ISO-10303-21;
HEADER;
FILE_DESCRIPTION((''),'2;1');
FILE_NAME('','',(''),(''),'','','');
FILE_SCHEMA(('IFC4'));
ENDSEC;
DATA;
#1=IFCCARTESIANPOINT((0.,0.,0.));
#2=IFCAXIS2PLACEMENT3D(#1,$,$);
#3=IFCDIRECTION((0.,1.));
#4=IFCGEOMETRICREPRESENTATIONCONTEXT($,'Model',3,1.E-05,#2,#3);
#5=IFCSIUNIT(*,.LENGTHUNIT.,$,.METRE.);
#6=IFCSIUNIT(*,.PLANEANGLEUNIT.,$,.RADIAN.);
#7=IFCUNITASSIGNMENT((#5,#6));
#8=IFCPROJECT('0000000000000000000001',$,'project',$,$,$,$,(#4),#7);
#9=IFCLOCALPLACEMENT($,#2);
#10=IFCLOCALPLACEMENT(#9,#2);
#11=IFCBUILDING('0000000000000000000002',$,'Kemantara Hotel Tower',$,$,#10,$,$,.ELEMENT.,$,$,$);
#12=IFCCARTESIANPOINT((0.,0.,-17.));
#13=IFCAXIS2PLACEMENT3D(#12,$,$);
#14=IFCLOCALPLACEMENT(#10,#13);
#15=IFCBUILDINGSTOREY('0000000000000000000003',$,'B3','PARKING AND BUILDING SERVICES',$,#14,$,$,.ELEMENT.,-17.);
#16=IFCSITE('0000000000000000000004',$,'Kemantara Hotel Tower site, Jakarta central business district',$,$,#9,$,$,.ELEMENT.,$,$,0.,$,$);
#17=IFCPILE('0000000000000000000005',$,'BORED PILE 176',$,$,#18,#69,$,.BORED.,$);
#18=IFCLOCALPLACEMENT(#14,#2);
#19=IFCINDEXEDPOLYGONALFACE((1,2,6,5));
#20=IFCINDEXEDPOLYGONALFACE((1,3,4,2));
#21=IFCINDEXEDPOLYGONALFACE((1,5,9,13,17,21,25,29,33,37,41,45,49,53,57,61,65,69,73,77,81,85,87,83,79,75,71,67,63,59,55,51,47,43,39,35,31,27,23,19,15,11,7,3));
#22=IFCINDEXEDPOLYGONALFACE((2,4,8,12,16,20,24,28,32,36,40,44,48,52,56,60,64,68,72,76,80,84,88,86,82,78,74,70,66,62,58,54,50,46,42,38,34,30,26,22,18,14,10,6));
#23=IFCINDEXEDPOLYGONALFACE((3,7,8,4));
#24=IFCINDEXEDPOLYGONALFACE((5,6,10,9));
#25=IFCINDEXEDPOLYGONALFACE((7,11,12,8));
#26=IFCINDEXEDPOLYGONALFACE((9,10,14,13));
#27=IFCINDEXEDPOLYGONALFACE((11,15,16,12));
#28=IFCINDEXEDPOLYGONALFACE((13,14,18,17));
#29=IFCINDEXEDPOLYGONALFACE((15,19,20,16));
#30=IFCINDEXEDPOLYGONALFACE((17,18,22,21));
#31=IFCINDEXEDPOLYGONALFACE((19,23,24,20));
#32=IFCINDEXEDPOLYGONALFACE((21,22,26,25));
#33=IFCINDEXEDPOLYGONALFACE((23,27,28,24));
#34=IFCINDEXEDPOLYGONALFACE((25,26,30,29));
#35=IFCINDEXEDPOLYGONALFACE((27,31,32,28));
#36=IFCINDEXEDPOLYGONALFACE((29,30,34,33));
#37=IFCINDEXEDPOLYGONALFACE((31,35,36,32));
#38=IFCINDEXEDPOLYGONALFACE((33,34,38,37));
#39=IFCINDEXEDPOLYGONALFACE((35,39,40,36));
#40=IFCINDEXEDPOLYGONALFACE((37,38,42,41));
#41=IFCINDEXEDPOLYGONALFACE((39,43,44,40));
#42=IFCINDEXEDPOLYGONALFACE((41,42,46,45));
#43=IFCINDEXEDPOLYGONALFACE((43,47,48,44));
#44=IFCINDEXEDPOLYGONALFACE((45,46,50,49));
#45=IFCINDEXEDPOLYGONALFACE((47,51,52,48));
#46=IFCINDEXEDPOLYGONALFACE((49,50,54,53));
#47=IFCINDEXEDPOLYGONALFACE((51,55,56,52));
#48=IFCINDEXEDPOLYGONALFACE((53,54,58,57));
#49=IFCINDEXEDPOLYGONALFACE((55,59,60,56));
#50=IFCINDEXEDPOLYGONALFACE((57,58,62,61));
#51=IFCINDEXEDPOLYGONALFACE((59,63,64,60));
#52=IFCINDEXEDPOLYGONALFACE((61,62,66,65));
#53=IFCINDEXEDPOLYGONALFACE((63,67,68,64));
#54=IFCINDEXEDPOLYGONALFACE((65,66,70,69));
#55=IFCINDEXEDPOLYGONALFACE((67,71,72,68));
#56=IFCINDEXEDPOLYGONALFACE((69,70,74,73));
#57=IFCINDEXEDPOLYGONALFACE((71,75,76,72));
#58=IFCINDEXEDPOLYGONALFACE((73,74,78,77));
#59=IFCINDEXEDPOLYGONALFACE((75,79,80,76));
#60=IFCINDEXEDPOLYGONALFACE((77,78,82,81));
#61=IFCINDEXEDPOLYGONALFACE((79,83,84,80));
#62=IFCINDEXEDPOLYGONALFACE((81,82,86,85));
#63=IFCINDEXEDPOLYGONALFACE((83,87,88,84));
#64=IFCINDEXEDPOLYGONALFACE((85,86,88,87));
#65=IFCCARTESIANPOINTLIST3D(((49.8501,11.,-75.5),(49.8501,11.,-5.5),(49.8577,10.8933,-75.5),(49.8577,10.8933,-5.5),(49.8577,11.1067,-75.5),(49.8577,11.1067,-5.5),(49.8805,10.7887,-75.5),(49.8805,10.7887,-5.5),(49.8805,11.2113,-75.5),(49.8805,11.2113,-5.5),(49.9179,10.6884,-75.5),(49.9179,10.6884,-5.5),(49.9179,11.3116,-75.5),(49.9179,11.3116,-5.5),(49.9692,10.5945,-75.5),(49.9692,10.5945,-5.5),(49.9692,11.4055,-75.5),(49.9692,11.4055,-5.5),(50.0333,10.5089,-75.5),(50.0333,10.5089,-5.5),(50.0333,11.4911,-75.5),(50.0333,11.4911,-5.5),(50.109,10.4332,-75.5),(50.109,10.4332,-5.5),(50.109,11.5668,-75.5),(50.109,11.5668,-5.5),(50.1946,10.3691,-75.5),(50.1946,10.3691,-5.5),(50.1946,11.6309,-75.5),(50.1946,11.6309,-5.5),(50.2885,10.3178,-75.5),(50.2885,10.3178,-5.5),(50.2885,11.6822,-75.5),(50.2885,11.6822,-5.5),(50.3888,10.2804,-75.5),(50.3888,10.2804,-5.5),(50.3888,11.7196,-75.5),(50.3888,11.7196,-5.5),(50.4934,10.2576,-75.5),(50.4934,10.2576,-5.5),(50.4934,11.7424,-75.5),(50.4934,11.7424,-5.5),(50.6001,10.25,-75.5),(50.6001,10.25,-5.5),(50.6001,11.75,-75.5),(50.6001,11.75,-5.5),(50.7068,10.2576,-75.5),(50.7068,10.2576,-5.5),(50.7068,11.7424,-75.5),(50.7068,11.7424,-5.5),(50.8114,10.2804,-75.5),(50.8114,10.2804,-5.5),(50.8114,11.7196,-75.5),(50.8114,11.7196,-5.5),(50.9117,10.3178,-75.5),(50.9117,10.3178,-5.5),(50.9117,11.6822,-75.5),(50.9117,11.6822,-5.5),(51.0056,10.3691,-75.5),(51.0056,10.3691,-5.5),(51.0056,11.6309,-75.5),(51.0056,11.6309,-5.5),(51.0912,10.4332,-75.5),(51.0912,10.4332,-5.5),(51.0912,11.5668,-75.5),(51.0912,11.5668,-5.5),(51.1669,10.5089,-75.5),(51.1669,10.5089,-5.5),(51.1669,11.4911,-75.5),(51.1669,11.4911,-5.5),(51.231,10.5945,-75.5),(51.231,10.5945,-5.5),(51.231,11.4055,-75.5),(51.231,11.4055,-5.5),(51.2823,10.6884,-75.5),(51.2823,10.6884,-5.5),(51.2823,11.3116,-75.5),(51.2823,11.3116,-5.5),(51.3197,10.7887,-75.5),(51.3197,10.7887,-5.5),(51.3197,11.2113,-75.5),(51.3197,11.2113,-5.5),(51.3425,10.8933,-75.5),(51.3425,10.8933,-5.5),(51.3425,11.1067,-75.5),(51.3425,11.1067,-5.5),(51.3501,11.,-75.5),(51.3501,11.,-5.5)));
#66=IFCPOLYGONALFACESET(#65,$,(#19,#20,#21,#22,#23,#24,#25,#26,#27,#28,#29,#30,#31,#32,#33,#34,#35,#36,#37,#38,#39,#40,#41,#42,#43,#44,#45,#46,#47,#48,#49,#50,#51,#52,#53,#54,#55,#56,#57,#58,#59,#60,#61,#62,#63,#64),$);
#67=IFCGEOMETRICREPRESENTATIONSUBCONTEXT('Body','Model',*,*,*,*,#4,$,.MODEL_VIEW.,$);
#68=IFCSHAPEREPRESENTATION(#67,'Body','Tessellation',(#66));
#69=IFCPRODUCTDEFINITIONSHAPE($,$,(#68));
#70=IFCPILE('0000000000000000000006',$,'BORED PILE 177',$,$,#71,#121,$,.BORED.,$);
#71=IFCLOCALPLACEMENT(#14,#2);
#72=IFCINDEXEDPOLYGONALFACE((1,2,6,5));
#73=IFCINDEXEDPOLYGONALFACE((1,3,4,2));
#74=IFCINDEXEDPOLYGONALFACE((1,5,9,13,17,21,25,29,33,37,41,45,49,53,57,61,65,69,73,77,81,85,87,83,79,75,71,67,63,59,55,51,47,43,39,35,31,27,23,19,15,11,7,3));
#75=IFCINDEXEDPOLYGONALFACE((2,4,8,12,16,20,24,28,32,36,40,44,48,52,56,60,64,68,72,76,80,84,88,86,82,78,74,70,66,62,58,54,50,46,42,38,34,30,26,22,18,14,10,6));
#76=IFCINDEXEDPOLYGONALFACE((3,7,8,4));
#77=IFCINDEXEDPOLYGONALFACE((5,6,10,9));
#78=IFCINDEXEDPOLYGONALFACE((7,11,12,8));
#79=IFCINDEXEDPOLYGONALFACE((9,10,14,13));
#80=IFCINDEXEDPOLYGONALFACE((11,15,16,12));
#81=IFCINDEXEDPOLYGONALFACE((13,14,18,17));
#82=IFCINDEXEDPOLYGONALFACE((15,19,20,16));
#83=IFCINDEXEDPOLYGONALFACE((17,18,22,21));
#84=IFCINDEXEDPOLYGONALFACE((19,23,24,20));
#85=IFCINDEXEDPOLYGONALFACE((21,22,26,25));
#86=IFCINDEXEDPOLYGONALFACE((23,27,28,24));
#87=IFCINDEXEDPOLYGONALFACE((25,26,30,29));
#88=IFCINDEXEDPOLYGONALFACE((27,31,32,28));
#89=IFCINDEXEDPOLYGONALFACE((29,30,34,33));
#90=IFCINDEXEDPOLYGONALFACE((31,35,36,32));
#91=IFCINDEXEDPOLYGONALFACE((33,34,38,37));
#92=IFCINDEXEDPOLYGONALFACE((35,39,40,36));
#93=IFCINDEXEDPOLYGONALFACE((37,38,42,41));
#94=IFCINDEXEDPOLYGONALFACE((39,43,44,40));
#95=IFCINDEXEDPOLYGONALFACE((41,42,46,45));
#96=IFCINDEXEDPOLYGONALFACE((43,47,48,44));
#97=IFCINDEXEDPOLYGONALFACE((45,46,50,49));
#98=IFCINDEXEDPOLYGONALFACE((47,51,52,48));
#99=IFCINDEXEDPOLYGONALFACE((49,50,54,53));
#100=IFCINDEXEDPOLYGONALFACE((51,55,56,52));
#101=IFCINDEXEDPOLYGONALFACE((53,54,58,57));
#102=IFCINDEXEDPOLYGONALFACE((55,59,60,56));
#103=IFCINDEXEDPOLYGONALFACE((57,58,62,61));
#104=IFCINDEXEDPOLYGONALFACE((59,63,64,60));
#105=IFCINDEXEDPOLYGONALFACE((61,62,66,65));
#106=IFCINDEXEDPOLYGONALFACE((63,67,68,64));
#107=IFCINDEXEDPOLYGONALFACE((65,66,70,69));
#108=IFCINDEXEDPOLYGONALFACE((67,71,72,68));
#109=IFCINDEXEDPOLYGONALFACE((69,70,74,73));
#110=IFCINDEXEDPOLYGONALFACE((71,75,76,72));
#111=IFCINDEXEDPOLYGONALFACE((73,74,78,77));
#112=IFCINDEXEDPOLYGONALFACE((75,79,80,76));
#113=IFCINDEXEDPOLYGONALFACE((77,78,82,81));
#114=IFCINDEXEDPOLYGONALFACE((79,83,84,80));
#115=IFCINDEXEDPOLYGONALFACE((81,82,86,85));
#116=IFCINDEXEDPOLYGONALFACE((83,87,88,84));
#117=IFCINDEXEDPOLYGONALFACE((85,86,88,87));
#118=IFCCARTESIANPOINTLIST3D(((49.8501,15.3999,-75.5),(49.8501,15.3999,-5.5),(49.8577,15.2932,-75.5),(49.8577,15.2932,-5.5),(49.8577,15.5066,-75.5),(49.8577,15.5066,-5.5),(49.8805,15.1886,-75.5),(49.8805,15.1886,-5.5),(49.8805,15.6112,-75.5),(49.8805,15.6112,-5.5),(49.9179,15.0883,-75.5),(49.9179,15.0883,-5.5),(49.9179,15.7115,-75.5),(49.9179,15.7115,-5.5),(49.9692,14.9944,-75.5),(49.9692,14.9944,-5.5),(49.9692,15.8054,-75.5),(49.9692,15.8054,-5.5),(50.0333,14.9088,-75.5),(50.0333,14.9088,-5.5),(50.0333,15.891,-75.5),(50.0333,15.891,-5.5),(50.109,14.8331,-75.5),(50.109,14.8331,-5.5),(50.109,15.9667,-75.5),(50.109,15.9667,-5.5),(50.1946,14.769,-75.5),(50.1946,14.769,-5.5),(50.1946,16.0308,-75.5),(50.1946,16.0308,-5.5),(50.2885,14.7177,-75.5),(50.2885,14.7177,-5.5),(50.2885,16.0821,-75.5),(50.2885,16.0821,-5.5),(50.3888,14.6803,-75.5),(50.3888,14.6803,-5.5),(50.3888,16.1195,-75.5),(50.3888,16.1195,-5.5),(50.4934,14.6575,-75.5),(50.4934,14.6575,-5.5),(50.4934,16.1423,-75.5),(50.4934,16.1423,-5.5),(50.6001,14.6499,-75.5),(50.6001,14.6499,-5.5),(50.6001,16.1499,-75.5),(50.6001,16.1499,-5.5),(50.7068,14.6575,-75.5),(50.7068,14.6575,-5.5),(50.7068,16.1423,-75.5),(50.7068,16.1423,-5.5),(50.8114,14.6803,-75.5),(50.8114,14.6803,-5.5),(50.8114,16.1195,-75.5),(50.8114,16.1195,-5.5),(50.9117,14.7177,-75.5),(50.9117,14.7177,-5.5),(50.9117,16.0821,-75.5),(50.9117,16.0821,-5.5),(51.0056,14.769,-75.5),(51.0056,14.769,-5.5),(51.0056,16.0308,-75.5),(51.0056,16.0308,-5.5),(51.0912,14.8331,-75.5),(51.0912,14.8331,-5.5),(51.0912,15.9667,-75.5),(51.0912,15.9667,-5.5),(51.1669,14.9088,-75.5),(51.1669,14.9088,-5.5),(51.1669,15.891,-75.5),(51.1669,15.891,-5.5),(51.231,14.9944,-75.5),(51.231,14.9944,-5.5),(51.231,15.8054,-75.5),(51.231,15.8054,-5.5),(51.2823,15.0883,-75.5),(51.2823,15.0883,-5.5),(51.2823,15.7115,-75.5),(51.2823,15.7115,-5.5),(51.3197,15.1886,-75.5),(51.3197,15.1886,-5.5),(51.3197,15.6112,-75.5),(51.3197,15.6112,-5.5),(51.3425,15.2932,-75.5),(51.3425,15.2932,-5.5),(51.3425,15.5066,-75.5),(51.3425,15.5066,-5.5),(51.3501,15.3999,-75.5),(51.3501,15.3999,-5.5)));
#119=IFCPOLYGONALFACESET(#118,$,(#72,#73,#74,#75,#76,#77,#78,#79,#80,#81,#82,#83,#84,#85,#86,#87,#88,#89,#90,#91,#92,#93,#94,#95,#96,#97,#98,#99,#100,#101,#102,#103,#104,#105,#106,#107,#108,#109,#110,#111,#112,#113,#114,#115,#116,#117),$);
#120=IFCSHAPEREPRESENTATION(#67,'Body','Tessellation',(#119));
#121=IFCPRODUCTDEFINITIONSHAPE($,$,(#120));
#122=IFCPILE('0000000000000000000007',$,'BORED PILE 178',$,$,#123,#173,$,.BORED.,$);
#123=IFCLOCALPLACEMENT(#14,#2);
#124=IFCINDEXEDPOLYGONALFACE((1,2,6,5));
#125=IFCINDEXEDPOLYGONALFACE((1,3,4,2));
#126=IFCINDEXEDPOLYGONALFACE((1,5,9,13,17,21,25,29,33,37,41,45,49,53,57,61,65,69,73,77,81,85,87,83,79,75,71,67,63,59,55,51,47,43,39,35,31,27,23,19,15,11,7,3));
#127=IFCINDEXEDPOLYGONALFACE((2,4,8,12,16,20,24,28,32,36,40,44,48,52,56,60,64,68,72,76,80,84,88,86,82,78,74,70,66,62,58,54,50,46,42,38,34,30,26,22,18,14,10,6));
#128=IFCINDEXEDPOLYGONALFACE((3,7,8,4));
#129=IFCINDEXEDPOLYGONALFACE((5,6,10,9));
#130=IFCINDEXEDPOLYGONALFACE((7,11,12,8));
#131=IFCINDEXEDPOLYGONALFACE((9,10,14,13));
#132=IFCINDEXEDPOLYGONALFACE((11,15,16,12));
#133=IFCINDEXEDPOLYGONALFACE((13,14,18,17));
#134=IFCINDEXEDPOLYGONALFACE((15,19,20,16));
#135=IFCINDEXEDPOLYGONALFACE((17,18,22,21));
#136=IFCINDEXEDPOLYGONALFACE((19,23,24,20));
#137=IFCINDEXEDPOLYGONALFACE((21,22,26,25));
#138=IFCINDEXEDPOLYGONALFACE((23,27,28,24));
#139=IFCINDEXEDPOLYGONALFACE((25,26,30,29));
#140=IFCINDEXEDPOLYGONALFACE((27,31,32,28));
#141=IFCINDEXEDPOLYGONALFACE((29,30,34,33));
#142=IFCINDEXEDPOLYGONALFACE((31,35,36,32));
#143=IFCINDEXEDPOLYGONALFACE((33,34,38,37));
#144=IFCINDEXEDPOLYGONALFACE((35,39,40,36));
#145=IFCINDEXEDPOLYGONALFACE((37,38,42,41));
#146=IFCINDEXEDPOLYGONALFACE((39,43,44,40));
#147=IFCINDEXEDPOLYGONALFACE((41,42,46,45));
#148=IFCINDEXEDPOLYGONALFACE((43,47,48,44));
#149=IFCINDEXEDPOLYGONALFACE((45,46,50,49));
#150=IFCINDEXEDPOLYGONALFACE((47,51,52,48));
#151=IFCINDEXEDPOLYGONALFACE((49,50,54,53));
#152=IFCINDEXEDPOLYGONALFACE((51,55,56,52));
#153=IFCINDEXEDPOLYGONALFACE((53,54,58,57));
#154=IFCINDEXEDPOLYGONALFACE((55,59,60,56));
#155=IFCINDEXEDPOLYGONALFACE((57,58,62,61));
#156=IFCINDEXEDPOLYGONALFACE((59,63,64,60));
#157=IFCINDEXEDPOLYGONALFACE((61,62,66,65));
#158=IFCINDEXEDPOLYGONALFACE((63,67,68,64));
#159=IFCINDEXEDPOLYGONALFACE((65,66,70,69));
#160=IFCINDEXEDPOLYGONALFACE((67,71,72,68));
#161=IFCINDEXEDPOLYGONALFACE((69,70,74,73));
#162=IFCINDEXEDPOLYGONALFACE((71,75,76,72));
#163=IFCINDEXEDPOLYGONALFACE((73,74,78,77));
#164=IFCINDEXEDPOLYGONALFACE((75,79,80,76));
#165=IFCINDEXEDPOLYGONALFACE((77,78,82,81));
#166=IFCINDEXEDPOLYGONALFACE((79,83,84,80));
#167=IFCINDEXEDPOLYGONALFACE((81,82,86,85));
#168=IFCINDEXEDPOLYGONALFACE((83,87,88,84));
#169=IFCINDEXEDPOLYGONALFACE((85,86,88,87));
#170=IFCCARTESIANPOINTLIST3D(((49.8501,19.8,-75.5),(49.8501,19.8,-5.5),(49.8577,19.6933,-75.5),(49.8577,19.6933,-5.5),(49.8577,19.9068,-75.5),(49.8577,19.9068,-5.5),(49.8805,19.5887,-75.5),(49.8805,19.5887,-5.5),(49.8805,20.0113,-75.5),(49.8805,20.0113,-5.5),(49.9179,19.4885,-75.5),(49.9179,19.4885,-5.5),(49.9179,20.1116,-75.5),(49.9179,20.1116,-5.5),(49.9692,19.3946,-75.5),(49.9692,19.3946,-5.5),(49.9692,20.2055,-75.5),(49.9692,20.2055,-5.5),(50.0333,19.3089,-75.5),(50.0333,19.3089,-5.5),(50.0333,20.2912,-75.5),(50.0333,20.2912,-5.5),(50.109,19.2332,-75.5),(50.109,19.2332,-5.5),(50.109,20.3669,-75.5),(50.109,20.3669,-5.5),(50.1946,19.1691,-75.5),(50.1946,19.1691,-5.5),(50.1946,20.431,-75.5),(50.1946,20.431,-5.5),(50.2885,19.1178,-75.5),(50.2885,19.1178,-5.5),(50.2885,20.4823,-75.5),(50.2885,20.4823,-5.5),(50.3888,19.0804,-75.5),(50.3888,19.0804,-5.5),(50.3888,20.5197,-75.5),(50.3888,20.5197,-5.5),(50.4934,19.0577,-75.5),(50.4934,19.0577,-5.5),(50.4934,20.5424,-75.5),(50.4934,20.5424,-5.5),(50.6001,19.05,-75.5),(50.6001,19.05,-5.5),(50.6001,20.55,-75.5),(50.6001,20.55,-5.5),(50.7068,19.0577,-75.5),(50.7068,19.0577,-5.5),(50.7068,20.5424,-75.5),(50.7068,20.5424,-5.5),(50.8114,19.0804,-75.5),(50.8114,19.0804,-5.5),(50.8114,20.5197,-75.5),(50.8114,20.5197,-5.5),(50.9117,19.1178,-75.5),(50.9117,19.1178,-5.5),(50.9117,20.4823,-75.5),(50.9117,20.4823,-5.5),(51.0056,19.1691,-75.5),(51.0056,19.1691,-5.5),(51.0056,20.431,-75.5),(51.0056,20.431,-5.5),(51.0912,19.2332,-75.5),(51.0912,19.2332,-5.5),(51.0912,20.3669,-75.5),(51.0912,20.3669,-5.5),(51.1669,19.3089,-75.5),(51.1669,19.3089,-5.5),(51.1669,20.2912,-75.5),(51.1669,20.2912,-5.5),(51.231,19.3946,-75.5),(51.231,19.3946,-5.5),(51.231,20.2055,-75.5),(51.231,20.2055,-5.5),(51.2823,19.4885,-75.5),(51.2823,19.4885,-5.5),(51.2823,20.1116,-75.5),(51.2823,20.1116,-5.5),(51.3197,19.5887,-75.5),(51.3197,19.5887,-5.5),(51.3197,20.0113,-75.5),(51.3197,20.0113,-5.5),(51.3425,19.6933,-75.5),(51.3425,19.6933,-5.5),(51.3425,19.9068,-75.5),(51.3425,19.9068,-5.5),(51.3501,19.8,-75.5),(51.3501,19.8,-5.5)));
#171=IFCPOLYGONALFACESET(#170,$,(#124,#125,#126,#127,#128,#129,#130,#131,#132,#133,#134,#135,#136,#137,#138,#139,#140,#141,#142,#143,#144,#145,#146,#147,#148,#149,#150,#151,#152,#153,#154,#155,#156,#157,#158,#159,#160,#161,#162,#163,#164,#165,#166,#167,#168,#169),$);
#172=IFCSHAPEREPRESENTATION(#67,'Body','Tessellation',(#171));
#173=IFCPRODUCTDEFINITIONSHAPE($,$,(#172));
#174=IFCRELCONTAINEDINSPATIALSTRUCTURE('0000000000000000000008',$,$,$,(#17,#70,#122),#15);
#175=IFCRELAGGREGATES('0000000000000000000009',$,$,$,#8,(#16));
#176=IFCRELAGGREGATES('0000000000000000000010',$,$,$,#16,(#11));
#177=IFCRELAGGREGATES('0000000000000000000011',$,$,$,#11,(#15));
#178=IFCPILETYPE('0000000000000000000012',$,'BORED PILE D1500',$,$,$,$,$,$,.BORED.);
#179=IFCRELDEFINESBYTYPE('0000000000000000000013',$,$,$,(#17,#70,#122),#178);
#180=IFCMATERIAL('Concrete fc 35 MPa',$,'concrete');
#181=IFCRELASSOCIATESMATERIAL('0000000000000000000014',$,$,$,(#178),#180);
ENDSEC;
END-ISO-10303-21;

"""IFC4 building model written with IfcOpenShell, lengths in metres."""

from ifc_helpers import new_model, si_unit, direction, frame, origin, origin_2d, place, context, subcontext, project, spatial, circle, extrude, material, material_profile, profile_set, type_object, element, save


model = new_model("IFC4")

# Units and contexts
model_context = context("Model", 3, precision=1e-05, world=origin(), true_north=direction((0.0, 1.0)))
body_context = subcontext(model_context, "Body", "Model", "MODEL_VIEW")
ifc_project = project(units=[si_unit("LENGTHUNIT", "METRE"), si_unit("PLANEANGLEUNIT", "RADIAN")], contexts=[model_context])

# Site, building, storey
site_placement = place(None, origin())
site = spatial("IfcSite", under=ifc_project, at=site_placement, Name="Kemantara Hotel Tower site, Jakarta central business district", CompositionType="ELEMENT", RefElevation=0.0)
building_placement = place(site_placement, origin())
building = spatial("IfcBuilding", under=site, at=building_placement, Name="Kemantara Hotel Tower", CompositionType="ELEMENT")
storey_placement = place(building_placement, frame((0.0, 0.0, -17.0)))
storey = spatial("IfcBuildingStorey", under=building, at=storey_placement, Name="B3", Description="PARKING AND BUILDING SERVICES", CompositionType="ELEMENT", Elevation=-17.0)

# Piles
ifc_material_1 = material(Name="Concrete fc 35 MPa", Category="concrete")
ifc_material_profile_1 = material_profile(ifc_material_1, circle(Radius=0.75, at=origin_2d()), Name="BORED PILE D1500")
ifc_profile_set_1 = profile_set([ifc_material_profile_1], Name="Concrete fc 35 MPa")
pile_type = type_object("IfcPileType", Name="BORED PILE D1500", PredefinedType="BORED", material=ifc_profile_set_1)
for number, where, z_axis, x_axis, name in (
    (1, (50.6001, 11.0, -5.5), (0.0, 0.0, -1.0), (1.0, 0.0, 0.0), "BORED PILE 176"),
    (2, (50.6001, 15.3999, -5.5), (0.0, 0.0, -1.0), (1.0, 0.0, 0.0), "BORED PILE 177"),
    (3, (50.6001, 19.8, -5.5), (0.0, 0.0, -1.0), (1.0, 0.0, 0.0), "BORED PILE 178"),
):
    element("IfcPile", number, at=place(storey_placement, frame(where, z_axis=z_axis, x_axis=x_axis)), inside=storey, type_object=pile_type, Name=name, PredefinedType="BORED", context=body_context, shape_type="SweptSolid", body=[
        extrude(circle(Radius=0.75, at=origin_2d()), origin(), (0.0, 0.0, 1.0), 70.0),
    ])

save(model, "model.ifc")
